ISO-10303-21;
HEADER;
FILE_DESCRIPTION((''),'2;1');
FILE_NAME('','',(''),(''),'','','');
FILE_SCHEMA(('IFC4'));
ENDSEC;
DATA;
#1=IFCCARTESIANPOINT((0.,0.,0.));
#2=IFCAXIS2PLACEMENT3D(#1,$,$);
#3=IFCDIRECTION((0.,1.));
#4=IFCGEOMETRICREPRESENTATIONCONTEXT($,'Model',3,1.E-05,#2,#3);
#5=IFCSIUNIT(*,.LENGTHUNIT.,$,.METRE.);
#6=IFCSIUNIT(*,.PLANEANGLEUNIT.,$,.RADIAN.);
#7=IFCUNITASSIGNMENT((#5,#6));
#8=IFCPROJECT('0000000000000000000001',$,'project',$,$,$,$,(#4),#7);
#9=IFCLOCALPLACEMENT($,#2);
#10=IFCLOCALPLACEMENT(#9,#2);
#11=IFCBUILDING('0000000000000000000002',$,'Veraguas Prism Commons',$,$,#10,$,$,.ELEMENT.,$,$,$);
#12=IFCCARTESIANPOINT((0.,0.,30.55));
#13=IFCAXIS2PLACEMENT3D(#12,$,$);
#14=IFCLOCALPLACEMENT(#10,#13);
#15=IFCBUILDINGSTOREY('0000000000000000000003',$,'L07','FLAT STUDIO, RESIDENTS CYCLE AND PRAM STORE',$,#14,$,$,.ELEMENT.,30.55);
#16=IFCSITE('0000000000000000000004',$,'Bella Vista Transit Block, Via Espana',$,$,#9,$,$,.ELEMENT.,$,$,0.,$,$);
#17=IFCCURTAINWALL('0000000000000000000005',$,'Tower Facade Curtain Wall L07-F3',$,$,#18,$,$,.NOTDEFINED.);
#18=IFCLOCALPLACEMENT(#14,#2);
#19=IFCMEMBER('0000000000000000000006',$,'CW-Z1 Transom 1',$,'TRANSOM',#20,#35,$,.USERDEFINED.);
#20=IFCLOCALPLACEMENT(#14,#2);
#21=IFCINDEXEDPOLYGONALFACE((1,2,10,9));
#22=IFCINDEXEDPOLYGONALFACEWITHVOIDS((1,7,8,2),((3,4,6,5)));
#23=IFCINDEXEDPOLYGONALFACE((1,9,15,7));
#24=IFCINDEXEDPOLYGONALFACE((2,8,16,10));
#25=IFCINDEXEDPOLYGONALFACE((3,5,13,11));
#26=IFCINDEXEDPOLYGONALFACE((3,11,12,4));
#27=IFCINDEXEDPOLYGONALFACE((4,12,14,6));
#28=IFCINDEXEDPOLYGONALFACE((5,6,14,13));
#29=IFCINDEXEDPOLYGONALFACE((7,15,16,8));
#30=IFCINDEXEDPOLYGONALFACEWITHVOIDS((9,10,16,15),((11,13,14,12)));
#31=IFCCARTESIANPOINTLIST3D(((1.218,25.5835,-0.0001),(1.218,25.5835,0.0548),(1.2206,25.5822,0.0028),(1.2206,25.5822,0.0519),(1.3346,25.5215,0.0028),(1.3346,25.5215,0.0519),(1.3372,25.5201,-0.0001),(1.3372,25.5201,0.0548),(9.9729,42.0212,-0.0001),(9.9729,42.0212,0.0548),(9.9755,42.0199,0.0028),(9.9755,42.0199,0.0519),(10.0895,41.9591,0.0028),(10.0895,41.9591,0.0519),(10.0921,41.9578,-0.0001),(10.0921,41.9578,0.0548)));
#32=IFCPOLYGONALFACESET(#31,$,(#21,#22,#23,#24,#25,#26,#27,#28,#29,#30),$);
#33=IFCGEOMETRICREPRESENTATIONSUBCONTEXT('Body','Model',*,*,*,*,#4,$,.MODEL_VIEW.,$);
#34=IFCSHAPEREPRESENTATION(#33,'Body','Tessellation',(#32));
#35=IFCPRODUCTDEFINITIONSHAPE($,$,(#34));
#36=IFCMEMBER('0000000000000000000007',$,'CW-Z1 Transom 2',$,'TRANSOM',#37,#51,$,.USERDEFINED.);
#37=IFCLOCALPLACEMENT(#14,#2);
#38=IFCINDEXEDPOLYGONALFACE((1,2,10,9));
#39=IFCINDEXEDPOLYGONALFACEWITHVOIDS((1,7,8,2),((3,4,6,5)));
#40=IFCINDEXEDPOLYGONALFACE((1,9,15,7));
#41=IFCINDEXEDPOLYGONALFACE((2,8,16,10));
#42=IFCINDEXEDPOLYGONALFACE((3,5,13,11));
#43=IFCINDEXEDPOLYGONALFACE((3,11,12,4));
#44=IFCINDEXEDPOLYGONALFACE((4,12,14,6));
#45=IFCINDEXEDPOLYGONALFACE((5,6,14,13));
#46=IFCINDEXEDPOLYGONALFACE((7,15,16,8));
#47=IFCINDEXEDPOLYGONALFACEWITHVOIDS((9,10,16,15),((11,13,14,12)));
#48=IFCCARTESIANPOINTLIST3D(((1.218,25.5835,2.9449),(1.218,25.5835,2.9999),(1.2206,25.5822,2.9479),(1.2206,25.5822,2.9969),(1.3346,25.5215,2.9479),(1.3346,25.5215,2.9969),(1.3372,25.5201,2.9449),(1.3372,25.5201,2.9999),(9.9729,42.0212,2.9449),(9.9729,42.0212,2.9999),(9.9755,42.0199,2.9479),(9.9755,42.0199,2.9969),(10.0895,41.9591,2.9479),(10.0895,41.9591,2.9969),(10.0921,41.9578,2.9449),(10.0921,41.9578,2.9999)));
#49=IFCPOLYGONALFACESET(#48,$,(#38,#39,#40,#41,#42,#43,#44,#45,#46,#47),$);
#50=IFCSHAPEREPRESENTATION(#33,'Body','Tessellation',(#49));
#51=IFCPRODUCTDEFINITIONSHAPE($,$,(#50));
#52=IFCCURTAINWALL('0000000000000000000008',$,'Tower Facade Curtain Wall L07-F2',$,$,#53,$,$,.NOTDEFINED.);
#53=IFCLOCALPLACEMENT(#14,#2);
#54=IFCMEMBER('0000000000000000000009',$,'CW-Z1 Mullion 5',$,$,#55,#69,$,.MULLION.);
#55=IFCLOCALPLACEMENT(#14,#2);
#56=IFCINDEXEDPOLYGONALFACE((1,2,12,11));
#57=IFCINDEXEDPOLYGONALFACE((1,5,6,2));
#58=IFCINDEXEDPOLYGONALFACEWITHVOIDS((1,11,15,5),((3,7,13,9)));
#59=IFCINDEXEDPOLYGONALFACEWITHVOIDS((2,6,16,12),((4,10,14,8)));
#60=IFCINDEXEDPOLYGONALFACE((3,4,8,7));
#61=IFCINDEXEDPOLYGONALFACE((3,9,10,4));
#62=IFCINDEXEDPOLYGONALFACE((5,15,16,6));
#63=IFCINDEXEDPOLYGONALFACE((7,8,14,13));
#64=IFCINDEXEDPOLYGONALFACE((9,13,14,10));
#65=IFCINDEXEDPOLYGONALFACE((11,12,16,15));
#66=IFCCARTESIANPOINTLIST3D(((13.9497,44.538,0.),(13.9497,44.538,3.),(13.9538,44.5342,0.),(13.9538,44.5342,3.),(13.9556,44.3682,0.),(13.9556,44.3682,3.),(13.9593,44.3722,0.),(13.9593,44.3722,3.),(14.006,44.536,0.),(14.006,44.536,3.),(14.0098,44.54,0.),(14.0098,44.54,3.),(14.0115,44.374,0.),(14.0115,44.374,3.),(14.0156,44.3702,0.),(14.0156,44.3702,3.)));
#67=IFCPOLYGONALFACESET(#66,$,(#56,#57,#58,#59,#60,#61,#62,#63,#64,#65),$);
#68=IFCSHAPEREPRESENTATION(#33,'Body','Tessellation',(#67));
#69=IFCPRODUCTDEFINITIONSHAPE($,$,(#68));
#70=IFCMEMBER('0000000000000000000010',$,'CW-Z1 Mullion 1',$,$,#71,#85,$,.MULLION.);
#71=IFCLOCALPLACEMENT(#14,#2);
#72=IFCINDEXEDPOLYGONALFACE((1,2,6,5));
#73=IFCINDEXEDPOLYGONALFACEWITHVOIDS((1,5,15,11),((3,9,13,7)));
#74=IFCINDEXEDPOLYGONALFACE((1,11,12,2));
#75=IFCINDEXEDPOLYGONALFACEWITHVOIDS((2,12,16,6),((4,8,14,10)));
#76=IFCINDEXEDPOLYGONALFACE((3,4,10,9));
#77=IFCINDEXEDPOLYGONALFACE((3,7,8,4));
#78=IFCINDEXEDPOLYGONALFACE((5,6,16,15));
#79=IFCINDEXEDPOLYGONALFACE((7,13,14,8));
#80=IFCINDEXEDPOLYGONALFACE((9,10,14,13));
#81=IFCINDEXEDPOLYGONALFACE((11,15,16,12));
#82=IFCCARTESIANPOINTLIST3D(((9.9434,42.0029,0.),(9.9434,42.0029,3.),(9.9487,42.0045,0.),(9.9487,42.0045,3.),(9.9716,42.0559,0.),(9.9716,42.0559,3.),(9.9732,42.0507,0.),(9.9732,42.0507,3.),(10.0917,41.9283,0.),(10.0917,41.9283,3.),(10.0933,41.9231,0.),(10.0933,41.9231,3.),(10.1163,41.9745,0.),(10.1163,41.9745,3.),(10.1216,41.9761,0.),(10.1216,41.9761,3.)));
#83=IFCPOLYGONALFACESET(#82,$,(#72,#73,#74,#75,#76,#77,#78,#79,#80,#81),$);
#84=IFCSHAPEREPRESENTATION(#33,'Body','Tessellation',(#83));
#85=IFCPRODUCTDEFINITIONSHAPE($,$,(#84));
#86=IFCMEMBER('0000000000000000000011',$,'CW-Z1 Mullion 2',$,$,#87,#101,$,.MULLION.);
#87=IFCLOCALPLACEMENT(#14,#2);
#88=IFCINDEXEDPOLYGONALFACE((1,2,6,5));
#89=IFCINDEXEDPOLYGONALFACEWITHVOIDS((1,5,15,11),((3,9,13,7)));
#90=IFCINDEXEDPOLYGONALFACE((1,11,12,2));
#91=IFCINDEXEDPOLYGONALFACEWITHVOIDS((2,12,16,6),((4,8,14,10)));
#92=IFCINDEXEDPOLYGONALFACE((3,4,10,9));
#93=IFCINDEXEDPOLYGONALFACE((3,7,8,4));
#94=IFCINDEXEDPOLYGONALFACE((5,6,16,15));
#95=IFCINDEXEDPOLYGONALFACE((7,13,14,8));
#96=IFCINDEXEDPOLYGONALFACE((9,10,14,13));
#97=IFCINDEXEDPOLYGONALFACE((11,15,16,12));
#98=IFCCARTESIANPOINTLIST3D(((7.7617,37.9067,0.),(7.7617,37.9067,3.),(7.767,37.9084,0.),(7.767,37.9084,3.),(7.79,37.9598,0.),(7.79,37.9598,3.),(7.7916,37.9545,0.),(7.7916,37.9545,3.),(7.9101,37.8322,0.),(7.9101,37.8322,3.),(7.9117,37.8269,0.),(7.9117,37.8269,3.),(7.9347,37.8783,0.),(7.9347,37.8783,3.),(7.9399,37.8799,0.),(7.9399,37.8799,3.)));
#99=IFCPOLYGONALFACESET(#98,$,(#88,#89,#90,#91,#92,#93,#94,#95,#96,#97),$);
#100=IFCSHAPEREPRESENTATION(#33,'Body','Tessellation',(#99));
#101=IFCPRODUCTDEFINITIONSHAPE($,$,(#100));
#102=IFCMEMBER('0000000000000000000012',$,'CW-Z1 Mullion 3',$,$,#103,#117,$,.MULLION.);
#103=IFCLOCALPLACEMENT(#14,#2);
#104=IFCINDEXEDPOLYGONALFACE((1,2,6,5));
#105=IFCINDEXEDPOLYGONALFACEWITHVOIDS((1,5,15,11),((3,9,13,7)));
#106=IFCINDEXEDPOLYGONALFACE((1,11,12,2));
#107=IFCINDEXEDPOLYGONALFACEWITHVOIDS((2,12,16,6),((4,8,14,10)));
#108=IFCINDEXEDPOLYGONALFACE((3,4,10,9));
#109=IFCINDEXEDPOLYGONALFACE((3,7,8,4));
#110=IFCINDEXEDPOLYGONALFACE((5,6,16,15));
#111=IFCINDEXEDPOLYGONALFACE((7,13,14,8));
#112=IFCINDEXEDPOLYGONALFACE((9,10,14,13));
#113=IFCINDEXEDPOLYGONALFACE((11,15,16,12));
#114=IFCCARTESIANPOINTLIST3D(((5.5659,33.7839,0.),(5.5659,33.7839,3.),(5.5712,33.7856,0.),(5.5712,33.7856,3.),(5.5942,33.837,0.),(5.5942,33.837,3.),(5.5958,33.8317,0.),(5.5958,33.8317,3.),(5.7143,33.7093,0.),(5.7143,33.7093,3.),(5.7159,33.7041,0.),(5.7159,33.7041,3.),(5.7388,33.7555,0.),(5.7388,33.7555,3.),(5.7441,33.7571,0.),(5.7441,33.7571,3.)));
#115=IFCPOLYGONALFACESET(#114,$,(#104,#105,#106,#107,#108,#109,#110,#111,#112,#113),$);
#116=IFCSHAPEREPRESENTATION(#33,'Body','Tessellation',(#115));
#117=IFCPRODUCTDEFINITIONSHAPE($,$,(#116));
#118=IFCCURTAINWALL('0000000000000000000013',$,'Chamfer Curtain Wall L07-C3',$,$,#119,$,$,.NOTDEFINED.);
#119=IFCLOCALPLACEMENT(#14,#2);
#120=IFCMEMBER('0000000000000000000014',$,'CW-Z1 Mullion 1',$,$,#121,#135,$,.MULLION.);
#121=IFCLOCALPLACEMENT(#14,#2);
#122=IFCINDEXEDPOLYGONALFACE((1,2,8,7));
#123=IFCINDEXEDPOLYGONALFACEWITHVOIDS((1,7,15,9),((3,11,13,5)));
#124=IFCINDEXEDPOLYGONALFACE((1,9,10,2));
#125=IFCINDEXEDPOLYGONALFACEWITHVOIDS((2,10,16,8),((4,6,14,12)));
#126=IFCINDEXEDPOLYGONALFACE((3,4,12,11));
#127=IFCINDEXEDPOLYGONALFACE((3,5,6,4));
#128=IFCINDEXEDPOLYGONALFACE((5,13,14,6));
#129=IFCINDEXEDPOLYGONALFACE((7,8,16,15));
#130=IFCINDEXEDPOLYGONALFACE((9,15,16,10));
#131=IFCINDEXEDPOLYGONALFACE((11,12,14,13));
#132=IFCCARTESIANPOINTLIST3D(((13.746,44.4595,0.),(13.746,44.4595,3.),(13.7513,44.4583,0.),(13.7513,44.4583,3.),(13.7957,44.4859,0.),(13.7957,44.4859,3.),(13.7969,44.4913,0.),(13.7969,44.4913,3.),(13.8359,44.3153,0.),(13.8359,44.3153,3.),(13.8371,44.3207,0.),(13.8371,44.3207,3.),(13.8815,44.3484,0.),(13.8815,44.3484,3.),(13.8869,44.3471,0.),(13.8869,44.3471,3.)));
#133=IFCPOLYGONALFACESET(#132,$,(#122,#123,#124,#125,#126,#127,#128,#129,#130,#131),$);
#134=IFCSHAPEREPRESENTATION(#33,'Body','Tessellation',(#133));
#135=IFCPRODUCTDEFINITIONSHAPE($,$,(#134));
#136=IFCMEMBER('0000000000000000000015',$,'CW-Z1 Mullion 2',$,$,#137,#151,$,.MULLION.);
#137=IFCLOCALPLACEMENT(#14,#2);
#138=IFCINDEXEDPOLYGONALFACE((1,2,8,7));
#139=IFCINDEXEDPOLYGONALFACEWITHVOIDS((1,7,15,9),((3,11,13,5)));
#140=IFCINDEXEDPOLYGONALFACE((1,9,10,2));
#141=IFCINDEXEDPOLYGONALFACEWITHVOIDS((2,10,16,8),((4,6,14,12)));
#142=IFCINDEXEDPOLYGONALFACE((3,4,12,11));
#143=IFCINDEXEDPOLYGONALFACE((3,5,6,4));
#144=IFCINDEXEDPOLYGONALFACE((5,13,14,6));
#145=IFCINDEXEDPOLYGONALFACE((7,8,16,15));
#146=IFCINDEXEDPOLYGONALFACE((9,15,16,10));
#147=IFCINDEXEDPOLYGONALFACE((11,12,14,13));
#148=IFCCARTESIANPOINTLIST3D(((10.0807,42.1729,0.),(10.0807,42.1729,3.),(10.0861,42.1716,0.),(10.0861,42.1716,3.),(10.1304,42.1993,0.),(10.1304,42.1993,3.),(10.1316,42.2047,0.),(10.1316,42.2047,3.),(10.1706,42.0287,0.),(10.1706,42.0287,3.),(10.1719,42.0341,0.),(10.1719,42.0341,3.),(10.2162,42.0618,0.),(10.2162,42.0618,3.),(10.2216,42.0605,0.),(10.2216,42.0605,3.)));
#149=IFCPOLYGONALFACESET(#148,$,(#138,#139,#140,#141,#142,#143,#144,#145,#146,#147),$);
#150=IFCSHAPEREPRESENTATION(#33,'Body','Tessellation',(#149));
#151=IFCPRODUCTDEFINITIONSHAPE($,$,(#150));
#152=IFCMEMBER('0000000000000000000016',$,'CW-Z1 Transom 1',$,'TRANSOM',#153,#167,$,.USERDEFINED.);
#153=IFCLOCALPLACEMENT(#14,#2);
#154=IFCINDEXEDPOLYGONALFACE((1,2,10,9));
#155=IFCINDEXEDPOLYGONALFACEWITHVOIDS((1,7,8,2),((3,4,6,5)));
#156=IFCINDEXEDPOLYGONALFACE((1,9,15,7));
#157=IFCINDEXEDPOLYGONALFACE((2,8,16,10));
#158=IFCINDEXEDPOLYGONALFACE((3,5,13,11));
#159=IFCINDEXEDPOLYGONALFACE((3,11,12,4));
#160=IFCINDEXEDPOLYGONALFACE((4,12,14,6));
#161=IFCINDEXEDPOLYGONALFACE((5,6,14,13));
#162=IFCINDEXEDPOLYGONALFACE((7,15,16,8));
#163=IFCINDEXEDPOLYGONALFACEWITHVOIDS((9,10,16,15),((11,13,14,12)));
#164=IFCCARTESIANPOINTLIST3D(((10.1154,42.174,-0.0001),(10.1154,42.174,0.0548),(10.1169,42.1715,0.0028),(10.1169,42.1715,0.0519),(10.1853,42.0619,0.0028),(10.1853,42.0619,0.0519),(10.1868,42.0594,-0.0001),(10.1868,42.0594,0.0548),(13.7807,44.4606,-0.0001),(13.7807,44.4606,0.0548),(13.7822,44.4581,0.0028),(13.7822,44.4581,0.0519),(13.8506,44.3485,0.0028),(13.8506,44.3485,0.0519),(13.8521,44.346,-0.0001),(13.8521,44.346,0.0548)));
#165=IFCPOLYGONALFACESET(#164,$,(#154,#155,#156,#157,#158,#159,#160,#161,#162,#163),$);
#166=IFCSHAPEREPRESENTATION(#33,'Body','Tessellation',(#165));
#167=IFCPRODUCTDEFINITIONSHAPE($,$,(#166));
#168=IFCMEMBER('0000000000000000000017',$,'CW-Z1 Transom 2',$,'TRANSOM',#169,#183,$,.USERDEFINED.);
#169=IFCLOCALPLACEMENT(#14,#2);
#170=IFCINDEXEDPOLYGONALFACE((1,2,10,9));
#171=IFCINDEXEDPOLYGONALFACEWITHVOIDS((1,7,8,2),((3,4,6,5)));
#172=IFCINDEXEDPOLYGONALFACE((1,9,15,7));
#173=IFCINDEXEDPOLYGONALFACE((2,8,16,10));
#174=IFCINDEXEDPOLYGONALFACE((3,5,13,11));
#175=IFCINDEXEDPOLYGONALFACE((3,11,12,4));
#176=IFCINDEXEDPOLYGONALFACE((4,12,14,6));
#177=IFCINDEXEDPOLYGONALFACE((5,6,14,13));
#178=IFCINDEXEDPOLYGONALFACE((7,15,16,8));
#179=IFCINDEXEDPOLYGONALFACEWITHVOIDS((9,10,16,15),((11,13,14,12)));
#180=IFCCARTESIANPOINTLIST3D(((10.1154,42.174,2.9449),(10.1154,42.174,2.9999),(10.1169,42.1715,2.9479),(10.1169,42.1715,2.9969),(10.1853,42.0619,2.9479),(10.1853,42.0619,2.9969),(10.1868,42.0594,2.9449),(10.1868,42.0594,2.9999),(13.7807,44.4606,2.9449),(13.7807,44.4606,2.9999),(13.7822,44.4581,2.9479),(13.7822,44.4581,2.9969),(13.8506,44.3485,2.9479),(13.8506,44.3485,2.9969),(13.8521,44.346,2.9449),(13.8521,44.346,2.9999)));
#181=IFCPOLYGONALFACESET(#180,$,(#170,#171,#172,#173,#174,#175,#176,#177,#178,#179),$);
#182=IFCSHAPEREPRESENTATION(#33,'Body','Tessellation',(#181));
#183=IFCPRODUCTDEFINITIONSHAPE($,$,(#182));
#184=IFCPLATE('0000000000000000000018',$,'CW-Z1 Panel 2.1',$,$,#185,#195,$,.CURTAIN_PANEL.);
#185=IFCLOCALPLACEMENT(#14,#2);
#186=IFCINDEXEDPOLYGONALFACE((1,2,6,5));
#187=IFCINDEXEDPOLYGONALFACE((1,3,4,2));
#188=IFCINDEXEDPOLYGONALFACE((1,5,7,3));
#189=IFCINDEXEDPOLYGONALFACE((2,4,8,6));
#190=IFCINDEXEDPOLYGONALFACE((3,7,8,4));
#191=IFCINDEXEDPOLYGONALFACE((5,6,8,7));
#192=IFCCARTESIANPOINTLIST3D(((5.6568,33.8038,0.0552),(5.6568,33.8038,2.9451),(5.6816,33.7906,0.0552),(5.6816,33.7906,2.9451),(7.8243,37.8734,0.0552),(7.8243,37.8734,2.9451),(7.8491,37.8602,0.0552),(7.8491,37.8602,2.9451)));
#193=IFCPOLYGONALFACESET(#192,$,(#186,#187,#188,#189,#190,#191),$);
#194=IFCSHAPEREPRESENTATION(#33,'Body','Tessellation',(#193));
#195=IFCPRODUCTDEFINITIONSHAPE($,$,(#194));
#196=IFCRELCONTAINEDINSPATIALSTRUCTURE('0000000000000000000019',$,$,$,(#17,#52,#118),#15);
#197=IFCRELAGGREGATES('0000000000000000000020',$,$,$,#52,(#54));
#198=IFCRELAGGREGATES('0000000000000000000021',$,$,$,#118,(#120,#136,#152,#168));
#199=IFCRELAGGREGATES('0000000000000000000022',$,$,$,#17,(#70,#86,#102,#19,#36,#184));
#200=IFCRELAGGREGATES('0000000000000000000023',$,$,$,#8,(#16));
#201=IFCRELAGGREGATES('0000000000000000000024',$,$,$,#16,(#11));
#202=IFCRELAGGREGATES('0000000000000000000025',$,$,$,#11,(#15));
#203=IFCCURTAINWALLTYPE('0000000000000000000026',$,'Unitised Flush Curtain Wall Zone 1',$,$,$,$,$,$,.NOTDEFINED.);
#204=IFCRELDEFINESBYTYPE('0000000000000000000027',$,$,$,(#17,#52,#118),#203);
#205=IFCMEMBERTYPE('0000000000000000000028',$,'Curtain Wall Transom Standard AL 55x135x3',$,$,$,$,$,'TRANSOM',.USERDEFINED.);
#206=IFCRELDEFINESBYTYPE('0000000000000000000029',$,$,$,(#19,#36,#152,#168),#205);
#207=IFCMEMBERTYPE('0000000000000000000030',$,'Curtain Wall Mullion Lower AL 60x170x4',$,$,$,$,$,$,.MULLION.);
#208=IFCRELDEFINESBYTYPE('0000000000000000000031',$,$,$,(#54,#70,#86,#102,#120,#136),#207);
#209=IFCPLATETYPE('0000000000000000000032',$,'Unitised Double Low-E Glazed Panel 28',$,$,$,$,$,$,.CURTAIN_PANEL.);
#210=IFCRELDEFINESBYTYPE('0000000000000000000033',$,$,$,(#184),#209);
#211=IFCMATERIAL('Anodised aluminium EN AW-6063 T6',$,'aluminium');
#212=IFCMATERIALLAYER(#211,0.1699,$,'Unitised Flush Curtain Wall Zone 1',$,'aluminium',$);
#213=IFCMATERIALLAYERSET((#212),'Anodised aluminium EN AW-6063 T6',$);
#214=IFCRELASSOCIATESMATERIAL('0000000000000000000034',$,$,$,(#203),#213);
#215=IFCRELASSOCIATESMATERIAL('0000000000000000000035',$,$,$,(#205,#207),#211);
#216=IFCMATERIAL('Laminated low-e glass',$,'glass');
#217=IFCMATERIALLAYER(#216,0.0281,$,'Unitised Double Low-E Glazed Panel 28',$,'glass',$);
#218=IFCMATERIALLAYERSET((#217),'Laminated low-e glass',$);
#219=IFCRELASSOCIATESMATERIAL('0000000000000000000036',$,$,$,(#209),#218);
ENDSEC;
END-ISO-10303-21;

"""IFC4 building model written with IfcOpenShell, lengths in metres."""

from ifc_helpers import new_model, si_unit, direction, frame, origin, origin_2d, place, context, subcontext, project, spatial, rectangle, hollow_rectangle, extrude, source, transform, mapped, material, layer, layer_set, material_profile, profile_set, type_object, element, aggregate, save


model = new_model("IFC4")

# Units and contexts
model_context = context("Model", 3, precision=1e-05, world=origin(), true_north=direction((0.0, 1.0)))
body_context = subcontext(model_context, "Body", "Model", "MODEL_VIEW")
ifc_project = project(units=[si_unit("LENGTHUNIT", "METRE"), si_unit("PLANEANGLEUNIT", "RADIAN")], contexts=[model_context])

# Site, building, storey
site_placement = place(None, origin())
site = spatial("IfcSite", under=ifc_project, at=site_placement, Name="Bella Vista Transit Block, Via Espana", CompositionType="ELEMENT", RefElevation=0.0)
building_placement = place(site_placement, origin())
building = spatial("IfcBuilding", under=site, at=building_placement, Name="Veraguas Prism Commons", CompositionType="ELEMENT")
storey_placement = place(building_placement, frame((0.0, 0.0, 30.55)))
storey = spatial("IfcBuildingStorey", under=building, at=storey_placement, Name="L07", Description="FLAT STUDIO, RESIDENTS CYCLE AND PRAM STORE", CompositionType="ELEMENT", Elevation=30.55)

# Curtain wall, members
ifc_material_1 = material(Name="Anodised aluminium EN AW-6063 T6", Category="aluminium")
ifc_layer_1 = layer(ifc_material_1, 0.1699, Name="Unitised Flush Curtain Wall Zone 1", Category="aluminium")
ifc_layer_set_1 = layer_set([ifc_layer_1], Name="Anodised aluminium EN AW-6063 T6")
curtain_wall_type = type_object("IfcCurtainWallType", Name="Unitised Flush Curtain Wall Zone 1", PredefinedType="NOTDEFINED", material=ifc_layer_set_1)
curtain_wall_1_placement = place(storey_placement, origin())
curtain_wall_1 = element("IfcCurtainWall", 1, at=curtain_wall_1_placement, inside=storey, type_object=curtain_wall_type, Name="Tower Facade Curtain Wall L07-F3", PredefinedType="NOTDEFINED")
ifc_material_profile_1 = material_profile(ifc_material_1, hollow_rectangle(XDim=0.0549, YDim=0.135, WallThickness=0.0029, at=origin_2d()), Name="AL55X135X3")
ifc_profile_set_1 = profile_set([ifc_material_profile_1], Name="Anodised aluminium EN AW-6063 T6")
member_type_1 = type_object("IfcMemberType", Name="Curtain Wall Transom Standard AL 55x135x3", ElementType="TRANSOM", PredefinedType="USERDEFINED", material=ifc_profile_set_1)
shared_shape_1 = source(origin(), body_context, "Body", "SweptSolid", [
    extrude(hollow_rectangle(XDim=0.0549, YDim=0.135, WallThickness=0.0029, at=origin_2d()), origin(), (0.0, 0.0, 1.0), 18.6238),
])
member_1_placement = place(storey_placement, frame((10.0325, 41.9895, 0.0273), z_axis=(-0.47009, -0.882618, 0.0), x_axis=(0.0, 0.0, 1.0)))
member_1 = element("IfcMember", 2, at=member_1_placement, type_object=member_type_1, Name="CW-Z1 Transom 1", ObjectType="TRANSOM", PredefinedType="USERDEFINED", context=body_context, shape_type="MappedRepresentation", body=[
    mapped(shared_shape_1, transform((0.0, 0.0, 0.0), scale=1.0)),
])
member_2_placement = place(storey_placement, frame((10.0325, 41.9895, 2.9724), z_axis=(-0.47009, -0.882618, 0.0), x_axis=(0.0, 0.0, 1.0)))
member_2 = element("IfcMember", 3, at=member_2_placement, type_object=member_type_1, Name="CW-Z1 Transom 2", ObjectType="TRANSOM", PredefinedType="USERDEFINED", context=body_context, shape_type="MappedRepresentation", body=[
    mapped(shared_shape_1, transform((0.0, 0.0, 0.0), scale=1.0)),
])

# Curtain wall, member
curtain_wall_2_placement = place(storey_placement, origin())
curtain_wall_2 = element("IfcCurtainWall", 4, at=curtain_wall_2_placement, inside=storey, type_object=curtain_wall_type, Name="Tower Facade Curtain Wall L07-F2", PredefinedType="NOTDEFINED")
ifc_material_profile_2 = material_profile(ifc_material_1, hollow_rectangle(XDim=0.0601, YDim=0.1699, WallThickness=0.0039, at=origin_2d()), Name="AL60X170X4")
ifc_profile_set_2 = profile_set([ifc_material_profile_2], Name="Anodised aluminium EN AW-6063 T6")
member_type_2 = type_object("IfcMemberType", Name="Curtain Wall Mullion Lower AL 60x170x4", PredefinedType="MULLION", material=ifc_profile_set_2)
shared_shape_2 = source(origin(), body_context, "Body", "SweptSolid", [
    extrude(hollow_rectangle(XDim=0.0601, YDim=0.1699, WallThickness=0.0039, at=origin_2d()), origin(), (0.0, 0.0, 1.0), 3.0),
])
member_3_placement = place(storey_placement, frame((13.9827, 44.4541, 0.0), z_axis=(0.0, 0.0, 1.0), x_axis=(-0.999415, -0.034195, 0.0)))
member_3 = element("IfcMember", 5, at=member_3_placement, type_object=member_type_2, Name="CW-Z1 Mullion 5", PredefinedType="MULLION", context=body_context, shape_type="MappedRepresentation", body=[
    mapped(shared_shape_2, transform((0.0, 0.0, 0.0), scale=1.0)),
])
aggregate(curtain_wall_2, [member_3])

# Members
member_4_placement = place(storey_placement, frame((10.0325, 41.9895, 0.0), z_axis=(0.0, 0.0, 1.0), x_axis=(-0.470089, -0.882619, 0.0)))
member_4 = element("IfcMember", 6, at=member_4_placement, type_object=member_type_2, Name="CW-Z1 Mullion 1", PredefinedType="MULLION", context=body_context, shape_type="MappedRepresentation", body=[
    mapped(shared_shape_2, transform((0.0, 0.0, 0.0), scale=1.0)),
])
member_5_placement = place(storey_placement, frame((7.8508, 37.8933, 0.0), z_axis=(0.0, 0.0, 1.0), x_axis=(-0.470089, -0.882619, 0.0)))
member_5 = element("IfcMember", 7, at=member_5_placement, type_object=member_type_2, Name="CW-Z1 Mullion 2", PredefinedType="MULLION", context=body_context, shape_type="MappedRepresentation", body=[
    mapped(shared_shape_2, transform((0.0, 0.0, 0.0), scale=1.0)),
])
member_6_placement = place(storey_placement, frame((5.655, 33.7705, 0.0), z_axis=(0.0, 0.0, 1.0), x_axis=(-0.470089, -0.882619, 0.0)))
member_6 = element("IfcMember", 8, at=member_6_placement, type_object=member_type_2, Name="CW-Z1 Mullion 3", PredefinedType="MULLION", context=body_context, shape_type="MappedRepresentation", body=[
    mapped(shared_shape_2, transform((0.0, 0.0, 0.0), scale=1.0)),
])

# Curtain wall, members
curtain_wall_3_placement = place(storey_placement, origin())
curtain_wall_3 = element("IfcCurtainWall", 9, at=curtain_wall_3_placement, inside=storey, type_object=curtain_wall_type, Name="Chamfer Curtain Wall L07-C3", PredefinedType="NOTDEFINED")
member_7_placement = place(storey_placement, frame((13.8164, 44.4033, 0.0), z_axis=(0.0, 0.0, 1.0), x_axis=(-0.848425, -0.529315, 0.0)))
member_7 = element("IfcMember", 10, at=member_7_placement, type_object=member_type_2, Name="CW-Z1 Mullion 1", PredefinedType="MULLION", context=body_context, shape_type="MappedRepresentation", body=[
    mapped(shared_shape_2, transform((0.0, 0.0, 0.0), scale=1.0)),
])
member_8_placement = place(storey_placement, frame((10.1511, 42.1167, 0.0), z_axis=(0.0, 0.0, 1.0), x_axis=(-0.848425, -0.529315, 0.0)))
member_8 = element("IfcMember", 11, at=member_8_placement, type_object=member_type_2, Name="CW-Z1 Mullion 2", PredefinedType="MULLION", context=body_context, shape_type="MappedRepresentation", body=[
    mapped(shared_shape_2, transform((0.0, 0.0, 0.0), scale=1.0)),
])
shared_shape_3 = source(origin(), body_context, "Body", "SweptSolid", [
    extrude(hollow_rectangle(XDim=0.0549, YDim=0.135, WallThickness=0.0029, at=origin_2d()), origin(), (0.0, 0.0, 1.0), 4.3201),
])
member_9_placement = place(storey_placement, frame((13.8164, 44.4033, 0.0273), z_axis=(-0.848433, -0.529303, 0.0), x_axis=(0.0, 0.0, 1.0)))
member_9 = element("IfcMember", 12, at=member_9_placement, type_object=member_type_1, Name="CW-Z1 Transom 1", ObjectType="TRANSOM", PredefinedType="USERDEFINED", context=body_context, shape_type="MappedRepresentation", body=[
    mapped(shared_shape_3, transform((0.0, 0.0, 0.0), scale=1.0)),
])
member_10_placement = place(storey_placement, frame((13.8164, 44.4033, 2.9724), z_axis=(-0.848433, -0.529303, 0.0), x_axis=(0.0, 0.0, 1.0)))
member_10 = element("IfcMember", 13, at=member_10_placement, type_object=member_type_1, Name="CW-Z1 Transom 2", ObjectType="TRANSOM", PredefinedType="USERDEFINED", context=body_context, shape_type="MappedRepresentation", body=[
    mapped(shared_shape_3, transform((0.0, 0.0, 0.0), scale=1.0)),
])

# Plate
ifc_material_2 = material(Name="Laminated low-e glass", Category="glass")
ifc_layer_2 = layer(ifc_material_2, 0.0281, Name="Unitised Double Low-E Glazed Panel 28", Category="glass")
ifc_layer_set_2 = layer_set([ifc_layer_2], Name="Laminated low-e glass")
plate_type = type_object("IfcPlateType", Name="Unitised Double Low-E Glazed Panel 28", PredefinedType="CURTAIN_PANEL", material=ifc_layer_set_2)
shared_shape_4 = source(origin(), body_context, "Body", "SweptSolid", [
    extrude(rectangle(XDim=4.6108, YDim=0.0281, at=origin_2d()), origin(), (0.0, 0.0, 1.0), 2.8899),
])
plate_1_placement = place(storey_placement, frame((6.7529, 35.832, 0.0552), z_axis=(0.0, 0.0, 1.0), x_axis=(-0.470089, -0.882619, 0.0)))
plate_1 = element("IfcPlate", 14, at=plate_1_placement, type_object=plate_type, Name="CW-Z1 Panel 2.1", PredefinedType="CURTAIN_PANEL", context=body_context, shape_type="MappedRepresentation", body=[
    mapped(shared_shape_4, transform((0.0, 0.0, 0.0), scale=1.0)),
])
aggregate(curtain_wall_3, [member_7, member_8, member_9, member_10])
aggregate(curtain_wall_1, [member_4, member_5, member_6, member_1, member_2, plate_1])

save(model, "model.ifc")
